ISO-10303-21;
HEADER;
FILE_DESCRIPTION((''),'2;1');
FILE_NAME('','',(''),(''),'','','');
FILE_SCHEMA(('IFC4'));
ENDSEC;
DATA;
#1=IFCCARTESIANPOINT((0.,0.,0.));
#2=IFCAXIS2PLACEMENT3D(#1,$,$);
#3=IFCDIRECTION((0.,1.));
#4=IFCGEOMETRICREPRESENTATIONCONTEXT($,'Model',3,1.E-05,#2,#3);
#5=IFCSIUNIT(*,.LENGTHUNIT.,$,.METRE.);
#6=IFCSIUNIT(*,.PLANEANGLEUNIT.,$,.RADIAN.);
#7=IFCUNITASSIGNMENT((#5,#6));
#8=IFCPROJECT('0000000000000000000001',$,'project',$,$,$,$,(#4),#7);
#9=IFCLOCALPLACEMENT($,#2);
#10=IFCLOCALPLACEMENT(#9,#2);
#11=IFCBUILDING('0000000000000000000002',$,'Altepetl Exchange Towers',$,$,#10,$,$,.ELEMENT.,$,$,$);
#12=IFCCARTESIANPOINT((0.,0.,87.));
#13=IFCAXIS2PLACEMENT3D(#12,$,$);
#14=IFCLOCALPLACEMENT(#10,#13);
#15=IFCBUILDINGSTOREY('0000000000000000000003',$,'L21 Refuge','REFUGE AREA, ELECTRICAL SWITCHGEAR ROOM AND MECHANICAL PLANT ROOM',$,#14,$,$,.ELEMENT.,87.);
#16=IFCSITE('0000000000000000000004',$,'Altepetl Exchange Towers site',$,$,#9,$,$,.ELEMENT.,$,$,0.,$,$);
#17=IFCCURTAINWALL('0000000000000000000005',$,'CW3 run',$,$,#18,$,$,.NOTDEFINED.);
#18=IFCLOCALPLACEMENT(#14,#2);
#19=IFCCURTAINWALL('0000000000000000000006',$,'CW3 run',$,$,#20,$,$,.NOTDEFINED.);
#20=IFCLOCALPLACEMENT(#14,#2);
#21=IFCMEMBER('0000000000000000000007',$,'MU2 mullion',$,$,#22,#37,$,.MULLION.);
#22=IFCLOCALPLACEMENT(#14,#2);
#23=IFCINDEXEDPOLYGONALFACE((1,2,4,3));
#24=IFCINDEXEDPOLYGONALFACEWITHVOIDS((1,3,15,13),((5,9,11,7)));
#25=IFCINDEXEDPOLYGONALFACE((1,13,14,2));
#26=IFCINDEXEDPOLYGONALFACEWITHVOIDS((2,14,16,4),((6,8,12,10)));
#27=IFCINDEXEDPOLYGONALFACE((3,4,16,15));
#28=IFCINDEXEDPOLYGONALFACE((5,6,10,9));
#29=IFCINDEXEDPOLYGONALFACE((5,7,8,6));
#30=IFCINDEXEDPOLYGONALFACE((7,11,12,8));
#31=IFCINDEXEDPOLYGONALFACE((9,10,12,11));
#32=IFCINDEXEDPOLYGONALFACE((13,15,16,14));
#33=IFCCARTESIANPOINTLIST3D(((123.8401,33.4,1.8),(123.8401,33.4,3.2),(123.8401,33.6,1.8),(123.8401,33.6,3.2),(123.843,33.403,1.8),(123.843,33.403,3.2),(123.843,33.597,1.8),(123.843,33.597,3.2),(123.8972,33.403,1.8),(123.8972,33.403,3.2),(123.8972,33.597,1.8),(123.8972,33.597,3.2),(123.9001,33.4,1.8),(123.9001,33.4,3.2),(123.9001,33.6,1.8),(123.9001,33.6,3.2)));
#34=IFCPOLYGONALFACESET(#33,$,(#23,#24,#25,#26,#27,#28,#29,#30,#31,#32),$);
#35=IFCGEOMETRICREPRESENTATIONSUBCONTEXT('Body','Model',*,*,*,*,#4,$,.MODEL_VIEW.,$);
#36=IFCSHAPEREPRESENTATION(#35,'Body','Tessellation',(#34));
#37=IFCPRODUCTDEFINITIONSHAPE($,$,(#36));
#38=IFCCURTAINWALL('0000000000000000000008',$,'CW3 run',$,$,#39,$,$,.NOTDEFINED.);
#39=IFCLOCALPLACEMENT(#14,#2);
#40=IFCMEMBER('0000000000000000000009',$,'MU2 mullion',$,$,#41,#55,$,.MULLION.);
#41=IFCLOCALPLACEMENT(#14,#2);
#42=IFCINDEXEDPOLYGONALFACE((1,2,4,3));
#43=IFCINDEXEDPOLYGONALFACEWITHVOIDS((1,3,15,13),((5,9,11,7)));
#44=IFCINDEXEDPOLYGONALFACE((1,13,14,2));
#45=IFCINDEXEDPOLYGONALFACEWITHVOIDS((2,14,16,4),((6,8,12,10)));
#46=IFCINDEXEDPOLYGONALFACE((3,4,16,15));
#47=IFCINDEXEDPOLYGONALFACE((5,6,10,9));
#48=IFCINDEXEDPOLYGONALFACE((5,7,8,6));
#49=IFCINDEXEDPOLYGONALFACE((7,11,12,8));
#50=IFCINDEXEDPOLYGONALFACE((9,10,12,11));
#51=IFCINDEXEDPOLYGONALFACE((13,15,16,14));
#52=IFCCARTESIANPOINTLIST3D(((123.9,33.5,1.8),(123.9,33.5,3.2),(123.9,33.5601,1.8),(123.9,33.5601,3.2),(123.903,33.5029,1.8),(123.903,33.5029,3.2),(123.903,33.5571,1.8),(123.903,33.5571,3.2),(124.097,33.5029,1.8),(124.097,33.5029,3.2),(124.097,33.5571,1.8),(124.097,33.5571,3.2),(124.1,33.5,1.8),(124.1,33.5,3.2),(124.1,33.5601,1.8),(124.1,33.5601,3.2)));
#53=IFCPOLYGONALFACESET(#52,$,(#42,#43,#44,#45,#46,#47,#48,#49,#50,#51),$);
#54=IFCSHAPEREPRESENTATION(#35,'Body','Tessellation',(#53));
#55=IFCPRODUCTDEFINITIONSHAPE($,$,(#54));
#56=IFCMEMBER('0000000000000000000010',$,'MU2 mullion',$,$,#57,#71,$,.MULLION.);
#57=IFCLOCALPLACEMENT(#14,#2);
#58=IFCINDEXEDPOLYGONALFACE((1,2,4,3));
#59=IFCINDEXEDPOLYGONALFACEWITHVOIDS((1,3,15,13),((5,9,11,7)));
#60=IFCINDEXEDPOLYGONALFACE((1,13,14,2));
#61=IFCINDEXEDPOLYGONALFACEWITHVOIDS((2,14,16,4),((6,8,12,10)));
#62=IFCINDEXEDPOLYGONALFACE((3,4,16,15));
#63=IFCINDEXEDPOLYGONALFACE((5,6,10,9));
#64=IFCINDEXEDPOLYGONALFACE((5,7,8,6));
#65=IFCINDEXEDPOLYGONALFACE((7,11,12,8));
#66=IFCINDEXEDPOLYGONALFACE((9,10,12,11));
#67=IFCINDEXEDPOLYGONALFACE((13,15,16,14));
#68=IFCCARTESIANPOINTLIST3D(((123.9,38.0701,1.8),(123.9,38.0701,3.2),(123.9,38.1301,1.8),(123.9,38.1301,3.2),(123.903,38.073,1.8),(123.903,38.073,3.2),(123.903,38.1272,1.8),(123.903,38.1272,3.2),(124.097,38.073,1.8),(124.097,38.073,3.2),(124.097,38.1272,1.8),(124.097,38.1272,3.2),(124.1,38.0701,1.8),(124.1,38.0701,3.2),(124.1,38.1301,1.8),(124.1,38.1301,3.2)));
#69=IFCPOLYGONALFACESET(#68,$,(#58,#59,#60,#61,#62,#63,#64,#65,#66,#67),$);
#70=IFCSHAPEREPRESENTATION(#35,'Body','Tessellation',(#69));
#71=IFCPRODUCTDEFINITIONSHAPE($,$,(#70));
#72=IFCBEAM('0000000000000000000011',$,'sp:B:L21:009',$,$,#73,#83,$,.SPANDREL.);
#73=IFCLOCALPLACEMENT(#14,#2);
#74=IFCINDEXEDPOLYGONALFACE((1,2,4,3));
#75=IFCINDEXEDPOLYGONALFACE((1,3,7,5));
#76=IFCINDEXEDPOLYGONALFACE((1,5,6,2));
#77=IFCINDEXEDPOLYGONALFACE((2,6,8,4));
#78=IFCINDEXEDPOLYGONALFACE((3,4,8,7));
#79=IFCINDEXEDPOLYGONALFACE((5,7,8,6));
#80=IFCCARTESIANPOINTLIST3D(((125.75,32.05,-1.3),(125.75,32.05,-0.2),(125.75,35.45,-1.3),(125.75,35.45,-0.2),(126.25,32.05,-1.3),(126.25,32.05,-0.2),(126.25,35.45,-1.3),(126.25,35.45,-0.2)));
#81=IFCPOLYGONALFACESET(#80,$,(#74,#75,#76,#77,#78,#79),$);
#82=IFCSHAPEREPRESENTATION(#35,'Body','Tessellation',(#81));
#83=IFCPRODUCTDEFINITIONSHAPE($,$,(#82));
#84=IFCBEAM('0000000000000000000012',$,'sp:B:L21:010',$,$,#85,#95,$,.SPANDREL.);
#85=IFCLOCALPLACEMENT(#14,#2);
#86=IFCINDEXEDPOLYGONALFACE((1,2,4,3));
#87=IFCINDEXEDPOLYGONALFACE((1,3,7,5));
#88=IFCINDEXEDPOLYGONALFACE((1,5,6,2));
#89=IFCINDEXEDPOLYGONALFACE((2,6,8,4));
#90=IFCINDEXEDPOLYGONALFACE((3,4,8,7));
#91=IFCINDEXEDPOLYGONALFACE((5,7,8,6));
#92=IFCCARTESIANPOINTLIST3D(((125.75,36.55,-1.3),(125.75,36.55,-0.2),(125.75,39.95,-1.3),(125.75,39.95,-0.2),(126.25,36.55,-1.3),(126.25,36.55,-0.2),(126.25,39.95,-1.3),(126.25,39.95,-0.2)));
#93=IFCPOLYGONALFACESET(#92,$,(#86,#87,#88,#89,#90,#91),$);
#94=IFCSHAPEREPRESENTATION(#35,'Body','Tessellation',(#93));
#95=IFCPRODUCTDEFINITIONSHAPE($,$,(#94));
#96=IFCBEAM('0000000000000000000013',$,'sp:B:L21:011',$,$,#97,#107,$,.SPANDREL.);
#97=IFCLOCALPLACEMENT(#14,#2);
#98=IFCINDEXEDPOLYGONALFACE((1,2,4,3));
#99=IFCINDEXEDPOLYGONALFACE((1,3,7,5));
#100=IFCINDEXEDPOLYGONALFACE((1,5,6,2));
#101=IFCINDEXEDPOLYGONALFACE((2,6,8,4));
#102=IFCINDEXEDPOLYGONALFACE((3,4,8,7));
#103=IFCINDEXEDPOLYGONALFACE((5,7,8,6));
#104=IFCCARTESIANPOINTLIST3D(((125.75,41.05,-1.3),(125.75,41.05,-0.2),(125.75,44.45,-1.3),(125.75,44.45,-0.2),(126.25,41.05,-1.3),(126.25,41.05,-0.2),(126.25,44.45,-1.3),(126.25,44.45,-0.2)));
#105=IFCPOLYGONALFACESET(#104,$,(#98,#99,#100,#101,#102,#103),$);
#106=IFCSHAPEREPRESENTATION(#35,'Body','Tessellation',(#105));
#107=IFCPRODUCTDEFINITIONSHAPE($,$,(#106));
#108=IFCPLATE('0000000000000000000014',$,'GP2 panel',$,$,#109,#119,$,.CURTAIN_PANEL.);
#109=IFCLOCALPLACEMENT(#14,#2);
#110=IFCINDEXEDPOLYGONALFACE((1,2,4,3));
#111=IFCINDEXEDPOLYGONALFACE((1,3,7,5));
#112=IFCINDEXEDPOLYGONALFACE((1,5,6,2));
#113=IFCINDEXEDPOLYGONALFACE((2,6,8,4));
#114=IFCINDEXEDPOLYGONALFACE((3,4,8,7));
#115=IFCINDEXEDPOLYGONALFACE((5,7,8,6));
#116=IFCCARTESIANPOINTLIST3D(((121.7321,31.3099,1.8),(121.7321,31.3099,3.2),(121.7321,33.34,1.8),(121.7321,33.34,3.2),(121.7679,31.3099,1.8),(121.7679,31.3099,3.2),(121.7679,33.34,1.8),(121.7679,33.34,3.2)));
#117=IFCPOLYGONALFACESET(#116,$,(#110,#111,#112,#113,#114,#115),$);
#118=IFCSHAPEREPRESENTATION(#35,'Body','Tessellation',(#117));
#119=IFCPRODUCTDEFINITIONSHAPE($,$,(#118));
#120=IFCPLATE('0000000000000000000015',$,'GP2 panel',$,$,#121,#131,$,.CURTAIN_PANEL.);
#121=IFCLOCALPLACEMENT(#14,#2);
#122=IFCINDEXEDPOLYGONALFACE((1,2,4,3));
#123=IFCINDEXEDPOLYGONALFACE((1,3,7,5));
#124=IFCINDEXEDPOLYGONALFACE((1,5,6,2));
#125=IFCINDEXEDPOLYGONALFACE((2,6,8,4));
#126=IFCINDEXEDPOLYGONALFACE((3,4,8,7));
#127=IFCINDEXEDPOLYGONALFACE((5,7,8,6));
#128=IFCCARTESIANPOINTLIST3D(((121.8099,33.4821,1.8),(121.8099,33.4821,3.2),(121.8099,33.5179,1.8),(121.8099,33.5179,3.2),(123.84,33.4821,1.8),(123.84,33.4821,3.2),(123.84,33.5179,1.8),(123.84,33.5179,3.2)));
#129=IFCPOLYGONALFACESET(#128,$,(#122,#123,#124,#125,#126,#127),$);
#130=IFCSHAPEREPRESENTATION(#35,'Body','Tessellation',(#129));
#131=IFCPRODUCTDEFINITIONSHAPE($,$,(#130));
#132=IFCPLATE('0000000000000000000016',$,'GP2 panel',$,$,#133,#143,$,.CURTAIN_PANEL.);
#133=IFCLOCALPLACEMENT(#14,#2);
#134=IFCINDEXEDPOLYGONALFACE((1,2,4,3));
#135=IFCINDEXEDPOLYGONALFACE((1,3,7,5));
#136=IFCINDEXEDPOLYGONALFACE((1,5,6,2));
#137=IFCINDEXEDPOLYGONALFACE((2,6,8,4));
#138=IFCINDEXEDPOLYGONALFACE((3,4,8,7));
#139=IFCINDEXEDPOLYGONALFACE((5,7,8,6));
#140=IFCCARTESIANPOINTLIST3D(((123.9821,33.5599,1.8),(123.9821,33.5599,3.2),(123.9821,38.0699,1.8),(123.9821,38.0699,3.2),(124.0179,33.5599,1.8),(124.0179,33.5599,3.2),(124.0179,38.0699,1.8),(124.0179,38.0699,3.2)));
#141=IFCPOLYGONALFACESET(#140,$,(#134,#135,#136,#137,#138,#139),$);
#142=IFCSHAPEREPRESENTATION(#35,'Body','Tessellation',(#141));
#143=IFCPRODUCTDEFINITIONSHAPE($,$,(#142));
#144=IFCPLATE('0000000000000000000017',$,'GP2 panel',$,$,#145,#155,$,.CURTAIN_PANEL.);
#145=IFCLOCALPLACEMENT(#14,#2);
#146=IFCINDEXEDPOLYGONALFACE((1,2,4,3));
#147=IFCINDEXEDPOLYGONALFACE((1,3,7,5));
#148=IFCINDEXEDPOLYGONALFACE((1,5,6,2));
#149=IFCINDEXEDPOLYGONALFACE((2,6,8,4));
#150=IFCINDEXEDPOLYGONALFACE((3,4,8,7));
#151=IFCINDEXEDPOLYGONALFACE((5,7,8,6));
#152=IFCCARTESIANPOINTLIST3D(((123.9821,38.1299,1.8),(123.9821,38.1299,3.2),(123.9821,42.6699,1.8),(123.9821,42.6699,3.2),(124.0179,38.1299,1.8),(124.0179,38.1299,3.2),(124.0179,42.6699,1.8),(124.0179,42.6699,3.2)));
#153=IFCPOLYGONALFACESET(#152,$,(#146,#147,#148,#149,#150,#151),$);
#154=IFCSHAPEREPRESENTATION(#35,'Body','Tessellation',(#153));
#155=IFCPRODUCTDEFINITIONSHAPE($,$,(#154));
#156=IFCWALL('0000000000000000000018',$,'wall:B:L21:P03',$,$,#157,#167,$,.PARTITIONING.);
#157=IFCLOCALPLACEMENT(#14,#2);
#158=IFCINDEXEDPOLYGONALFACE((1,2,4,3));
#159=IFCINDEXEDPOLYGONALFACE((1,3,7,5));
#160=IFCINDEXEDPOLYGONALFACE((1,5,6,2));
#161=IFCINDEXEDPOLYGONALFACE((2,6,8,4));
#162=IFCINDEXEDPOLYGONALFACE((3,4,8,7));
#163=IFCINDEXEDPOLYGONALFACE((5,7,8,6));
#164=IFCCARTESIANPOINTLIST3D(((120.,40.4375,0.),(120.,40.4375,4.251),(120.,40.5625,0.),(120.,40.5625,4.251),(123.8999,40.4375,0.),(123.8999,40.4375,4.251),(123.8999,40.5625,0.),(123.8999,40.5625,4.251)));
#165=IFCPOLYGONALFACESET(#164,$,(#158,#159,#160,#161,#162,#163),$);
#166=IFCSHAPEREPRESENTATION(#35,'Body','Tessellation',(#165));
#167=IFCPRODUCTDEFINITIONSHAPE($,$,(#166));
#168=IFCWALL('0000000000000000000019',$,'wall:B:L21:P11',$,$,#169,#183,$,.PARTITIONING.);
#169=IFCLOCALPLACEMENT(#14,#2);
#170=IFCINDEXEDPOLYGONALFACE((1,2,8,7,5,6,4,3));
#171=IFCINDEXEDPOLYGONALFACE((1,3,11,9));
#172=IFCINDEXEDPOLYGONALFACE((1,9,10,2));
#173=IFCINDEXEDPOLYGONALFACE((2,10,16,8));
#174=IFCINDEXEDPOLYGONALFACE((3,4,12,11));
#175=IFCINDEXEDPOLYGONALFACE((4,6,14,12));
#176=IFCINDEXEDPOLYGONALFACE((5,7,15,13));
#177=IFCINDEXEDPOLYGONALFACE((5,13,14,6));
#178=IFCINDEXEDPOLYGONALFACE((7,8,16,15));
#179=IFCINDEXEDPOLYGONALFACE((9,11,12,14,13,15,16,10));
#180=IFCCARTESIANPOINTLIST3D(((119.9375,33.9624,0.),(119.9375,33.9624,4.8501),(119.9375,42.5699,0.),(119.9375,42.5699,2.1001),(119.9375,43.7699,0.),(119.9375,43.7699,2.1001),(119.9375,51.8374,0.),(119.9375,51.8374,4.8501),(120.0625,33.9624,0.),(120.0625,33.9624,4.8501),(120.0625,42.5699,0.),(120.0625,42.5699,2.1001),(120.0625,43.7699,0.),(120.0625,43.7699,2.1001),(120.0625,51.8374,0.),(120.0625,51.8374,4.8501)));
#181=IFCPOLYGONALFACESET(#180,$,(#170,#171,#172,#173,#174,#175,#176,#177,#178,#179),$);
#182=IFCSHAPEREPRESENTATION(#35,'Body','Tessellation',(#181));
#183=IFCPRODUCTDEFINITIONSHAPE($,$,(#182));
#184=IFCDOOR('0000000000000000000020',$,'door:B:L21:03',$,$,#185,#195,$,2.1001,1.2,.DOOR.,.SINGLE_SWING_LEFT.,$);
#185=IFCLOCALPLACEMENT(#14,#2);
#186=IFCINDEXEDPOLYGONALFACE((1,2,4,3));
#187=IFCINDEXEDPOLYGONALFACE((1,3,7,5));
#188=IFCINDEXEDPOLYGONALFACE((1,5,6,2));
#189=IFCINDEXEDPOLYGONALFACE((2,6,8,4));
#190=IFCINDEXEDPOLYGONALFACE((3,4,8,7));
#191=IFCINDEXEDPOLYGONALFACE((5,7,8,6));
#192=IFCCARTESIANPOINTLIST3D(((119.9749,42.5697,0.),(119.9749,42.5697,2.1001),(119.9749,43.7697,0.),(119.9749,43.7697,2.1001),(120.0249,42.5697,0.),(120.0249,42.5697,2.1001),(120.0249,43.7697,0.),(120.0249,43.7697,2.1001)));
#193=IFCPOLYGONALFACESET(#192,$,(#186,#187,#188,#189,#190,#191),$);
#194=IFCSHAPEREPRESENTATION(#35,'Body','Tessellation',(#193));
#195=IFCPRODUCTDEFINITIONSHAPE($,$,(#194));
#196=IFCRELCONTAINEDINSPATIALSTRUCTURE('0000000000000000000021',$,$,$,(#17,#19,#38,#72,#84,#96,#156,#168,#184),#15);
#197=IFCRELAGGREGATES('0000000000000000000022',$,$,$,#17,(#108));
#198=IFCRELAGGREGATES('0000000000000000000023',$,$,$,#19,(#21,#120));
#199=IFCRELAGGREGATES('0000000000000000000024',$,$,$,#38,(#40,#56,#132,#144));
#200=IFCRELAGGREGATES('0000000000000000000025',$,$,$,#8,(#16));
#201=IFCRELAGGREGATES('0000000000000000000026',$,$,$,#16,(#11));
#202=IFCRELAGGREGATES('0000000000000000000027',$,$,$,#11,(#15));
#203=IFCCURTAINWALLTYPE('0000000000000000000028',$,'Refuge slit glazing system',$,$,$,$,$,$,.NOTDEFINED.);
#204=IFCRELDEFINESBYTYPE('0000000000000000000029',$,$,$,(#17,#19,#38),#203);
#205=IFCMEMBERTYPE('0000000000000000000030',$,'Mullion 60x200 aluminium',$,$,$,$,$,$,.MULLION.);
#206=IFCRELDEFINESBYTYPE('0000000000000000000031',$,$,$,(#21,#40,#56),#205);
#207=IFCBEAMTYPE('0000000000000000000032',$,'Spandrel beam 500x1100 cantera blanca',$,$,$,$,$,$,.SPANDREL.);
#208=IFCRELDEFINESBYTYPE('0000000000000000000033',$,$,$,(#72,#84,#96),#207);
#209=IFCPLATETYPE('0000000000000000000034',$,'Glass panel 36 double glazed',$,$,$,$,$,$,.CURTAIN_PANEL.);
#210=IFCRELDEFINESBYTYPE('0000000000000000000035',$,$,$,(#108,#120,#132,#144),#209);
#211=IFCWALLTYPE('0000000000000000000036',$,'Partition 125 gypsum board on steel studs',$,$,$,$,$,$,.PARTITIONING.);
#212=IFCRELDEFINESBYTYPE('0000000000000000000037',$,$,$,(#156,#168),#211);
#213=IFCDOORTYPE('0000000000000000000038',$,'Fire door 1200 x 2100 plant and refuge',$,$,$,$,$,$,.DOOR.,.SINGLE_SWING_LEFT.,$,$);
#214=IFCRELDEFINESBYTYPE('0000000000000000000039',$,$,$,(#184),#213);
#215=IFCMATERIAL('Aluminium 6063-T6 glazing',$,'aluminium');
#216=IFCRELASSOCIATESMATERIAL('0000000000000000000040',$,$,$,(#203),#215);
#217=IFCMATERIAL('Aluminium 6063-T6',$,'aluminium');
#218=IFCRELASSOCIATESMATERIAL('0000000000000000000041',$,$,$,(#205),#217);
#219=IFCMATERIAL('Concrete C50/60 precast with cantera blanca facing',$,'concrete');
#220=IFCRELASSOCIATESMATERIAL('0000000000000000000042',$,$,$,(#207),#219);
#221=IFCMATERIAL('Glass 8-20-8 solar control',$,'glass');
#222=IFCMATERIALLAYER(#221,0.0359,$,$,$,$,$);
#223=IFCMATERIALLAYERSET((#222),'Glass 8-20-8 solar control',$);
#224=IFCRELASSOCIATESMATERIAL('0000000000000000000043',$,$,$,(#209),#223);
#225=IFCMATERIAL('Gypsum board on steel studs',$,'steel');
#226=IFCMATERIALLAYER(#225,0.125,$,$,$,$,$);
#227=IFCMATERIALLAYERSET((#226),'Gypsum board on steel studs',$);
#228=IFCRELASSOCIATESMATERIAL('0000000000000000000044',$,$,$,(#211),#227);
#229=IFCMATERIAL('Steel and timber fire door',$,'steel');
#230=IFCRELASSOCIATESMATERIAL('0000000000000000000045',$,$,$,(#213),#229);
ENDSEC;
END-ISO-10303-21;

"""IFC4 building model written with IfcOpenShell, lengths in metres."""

from ifc_helpers import new_model, si_unit, direction, frame, frame_2d, origin, origin_2d, place, context, subcontext, project, spatial, rectangle, hollow_rectangle, extrude, material, layer, layer_set, material_profile, profile_set, type_object, element, fill, aggregate, save


model = new_model("IFC4")

# Units and contexts
model_context = context("Model", 3, precision=1e-05, world=origin(), true_north=direction((0.0, 1.0)))
body_context = subcontext(model_context, "Body", "Model", "MODEL_VIEW")
ifc_project = project(units=[si_unit("LENGTHUNIT", "METRE"), si_unit("PLANEANGLEUNIT", "RADIAN")], contexts=[model_context])

# Site, building, storey
site_placement = place(None, origin())
site = spatial("IfcSite", under=ifc_project, at=site_placement, Name="Altepetl Exchange Towers site", CompositionType="ELEMENT", RefElevation=0.0)
building_placement = place(site_placement, origin())
building = spatial("IfcBuilding", under=site, at=building_placement, Name="Altepetl Exchange Towers", CompositionType="ELEMENT")
storey_placement = place(building_placement, frame((0.0, 0.0, 87.0)))
storey = spatial("IfcBuildingStorey", under=building, at=storey_placement, Name="L21 Refuge", Description="REFUGE AREA, ELECTRICAL SWITCHGEAR ROOM AND MECHANICAL PLANT ROOM", CompositionType="ELEMENT", Elevation=87.0)

# Curtain wall
ifc_material_1 = material(Name="Aluminium 6063-T6 glazing", Category="aluminium")
curtain_wall_type = type_object("IfcCurtainWallType", Name="Refuge slit glazing system", PredefinedType="NOTDEFINED", material=ifc_material_1)
curtain_wall_1_placement = place(storey_placement, origin())
curtain_wall_1 = element("IfcCurtainWall", 1, at=curtain_wall_1_placement, inside=storey, type_object=curtain_wall_type, Name="CW3 run", PredefinedType="NOTDEFINED")
ifc_material_2 = material(Name="Aluminium 6063-T6", Category="aluminium")
ifc_material_profile_1 = material_profile(ifc_material_2, hollow_rectangle(XDim=0.0601, YDim=0.2, WallThickness=0.0029, at=origin_2d()), Name="Mullion 60x200 aluminium")
ifc_profile_set_1 = profile_set([ifc_material_profile_1], Name="Aluminium 6063-T6")
member_type_1 = type_object("IfcMemberType", Name="Mullion 60x200 aluminium", PredefinedType="MULLION", material=ifc_profile_set_1)

# Curtain walls, members
curtain_wall_2_placement = place(storey_placement, origin())
curtain_wall_2 = element("IfcCurtainWall", 2, at=curtain_wall_2_placement, inside=storey, type_object=curtain_wall_type, Name="CW3 run", PredefinedType="NOTDEFINED")
member_1_placement = place(storey_placement, frame((123.8701, 33.5, 1.8)))
member_1 = element("IfcMember", 3, at=member_1_placement, type_object=member_type_1, Name="MU2 mullion", PredefinedType="MULLION", context=body_context, shape_type="SweptSolid", body=[
    extrude(hollow_rectangle(XDim=0.0601, YDim=0.2, WallThickness=0.0029, at=origin_2d()), origin(), (0.0, 0.0, 1.0), 1.3999),
])
curtain_wall_3_placement = place(storey_placement, origin())
curtain_wall_3 = element("IfcCurtainWall", 4, at=curtain_wall_3_placement, inside=storey, type_object=curtain_wall_type, Name="CW3 run", PredefinedType="NOTDEFINED")
member_2_placement = place(storey_placement, frame((124.0, 33.53, 1.8), z_axis=(0.0, 0.0, 1.0), x_axis=(0.0, 1.0, 0.0)))
member_2 = element("IfcMember", 5, at=member_2_placement, type_object=member_type_1, Name="MU2 mullion", PredefinedType="MULLION", context=body_context, shape_type="SweptSolid", body=[
    extrude(hollow_rectangle(XDim=0.0601, YDim=0.2, WallThickness=0.0029, at=origin_2d()), origin(), (0.0, 0.0, 1.0), 1.3999),
])
member_3_placement = place(storey_placement, frame((124.0, 38.1001, 1.8), z_axis=(0.0, 0.0, 1.0), x_axis=(0.0, 1.0, 0.0)))
member_3 = element("IfcMember", 6, at=member_3_placement, type_object=member_type_1, Name="MU2 mullion", PredefinedType="MULLION", context=body_context, shape_type="SweptSolid", body=[
    extrude(hollow_rectangle(XDim=0.0601, YDim=0.2, WallThickness=0.0029, at=origin_2d()), origin(), (0.0, 0.0, 1.0), 1.3999),
])

# Beams
ifc_material_3 = material(Name="Concrete C50/60 precast with cantera blanca facing", Category="concrete")
ifc_material_profile_2 = material_profile(ifc_material_3, rectangle(XDim=0.5, YDim=1.1001, at=origin_2d()), Name="500 x 1100")
ifc_profile_set_2 = profile_set([ifc_material_profile_2], Name="Concrete C50/60 precast with cantera blanca facing")
beam_type_1 = type_object("IfcBeamType", Name="Spandrel beam 500x1100 cantera blanca", PredefinedType="SPANDREL", material=ifc_profile_set_2)
for number, where, z_axis, x_axis, name in (
    (7, (126.0, 32.05, -0.75), (0.0, 1.0, 0.0), (-1.0, 0.0, 0.0), "sp:B:L21:009"),
    (8, (126.0, 36.55, -0.75), (0.0, 1.0, 0.0), (-1.0, 0.0, 0.0), "sp:B:L21:010"),
    (9, (126.0, 41.05, -0.75), (0.0, 1.0, 0.0), (-1.0, 0.0, 0.0), "sp:B:L21:011"),
):
    element("IfcBeam", number, at=place(storey_placement, frame(where, z_axis=z_axis, x_axis=x_axis)), inside=storey, type_object=beam_type_1, Name=name, PredefinedType="SPANDREL", context=body_context, shape_type="SweptSolid", body=[
        extrude(rectangle(XDim=0.5, YDim=1.1001, at=origin_2d()), origin(), (0.0, 0.0, 1.0), 3.3999),
    ])

# Plates
ifc_material_4 = material(Name="Glass 8-20-8 solar control", Category="glass")
ifc_layer_1 = layer(ifc_material_4, 0.0359)
ifc_layer_set_1 = layer_set([ifc_layer_1], Name="Glass 8-20-8 solar control")
plate_type = type_object("IfcPlateType", Name="Glass panel 36 double glazed", PredefinedType="CURTAIN_PANEL", material=ifc_layer_set_1)
plate_1_placement = place(storey_placement, frame((121.75, 32.325, 1.8), z_axis=(0.0, 0.0, 1.0), x_axis=(0.0, 1.0, 0.0)))
plate_1 = element("IfcPlate", 10, at=plate_1_placement, type_object=plate_type, Name="GP2 panel", PredefinedType="CURTAIN_PANEL", context=body_context, shape_type="SweptSolid", body=[
    extrude(rectangle(XDim=2.03, YDim=0.0359, at=origin_2d()), origin(), (0.0, 0.0, 1.0), 1.3999),
])
aggregate(curtain_wall_1, [plate_1])
plate_2_placement = place(storey_placement, frame((122.825, 33.5, 1.8)))
plate_2 = element("IfcPlate", 11, at=plate_2_placement, type_object=plate_type, Name="GP2 panel", PredefinedType="CURTAIN_PANEL", context=body_context, shape_type="SweptSolid", body=[
    extrude(rectangle(XDim=2.03, YDim=0.0359, at=origin_2d()), origin(), (0.0, 0.0, 1.0), 1.3999),
])
aggregate(curtain_wall_2, [member_1, plate_2])
plate_3_placement = place(storey_placement, frame((124.0, 35.8149, 1.8), z_axis=(0.0, 0.0, 1.0), x_axis=(0.0, 1.0, 0.0)))
plate_3 = element("IfcPlate", 12, at=plate_3_placement, type_object=plate_type, Name="GP2 panel", PredefinedType="CURTAIN_PANEL", context=body_context, shape_type="SweptSolid", body=[
    extrude(rectangle(XDim=4.51, YDim=0.0359, at=origin_2d()), origin(), (0.0, 0.0, 1.0), 1.3999),
])
plate_4_placement = place(storey_placement, frame((124.0, 40.3999, 1.8), z_axis=(0.0, 0.0, 1.0), x_axis=(0.0, 1.0, 0.0)))
plate_4 = element("IfcPlate", 13, at=plate_4_placement, type_object=plate_type, Name="GP2 panel", PredefinedType="CURTAIN_PANEL", context=body_context, shape_type="SweptSolid", body=[
    extrude(rectangle(XDim=4.54, YDim=0.0359, at=origin_2d()), origin(), (0.0, 0.0, 1.0), 1.3999),
])
aggregate(curtain_wall_3, [member_2, member_3, plate_3, plate_4])

# Wall
ifc_material_5 = material(Name="Gypsum board on steel studs", Category="steel")
ifc_layer_2 = layer(ifc_material_5, 0.125)
ifc_layer_set_2 = layer_set([ifc_layer_2], Name="Gypsum board on steel studs")
wall_type_1 = type_object("IfcWallType", Name="Partition 125 gypsum board on steel studs", PredefinedType="PARTITIONING", material=ifc_layer_set_2)
wall_1_placement = place(storey_placement, frame((120.0, 40.5, 0.0)))
element("IfcWall", 14, at=wall_1_placement, inside=storey, type_object=wall_type_1, Name="wall:B:L21:P03", PredefinedType="PARTITIONING", context=body_context, shape_type="SweptSolid", body=[
    extrude(rectangle(XDim=3.8999, YDim=0.125, at=frame_2d((1.95, 0.0))), origin(), (0.0, 0.0, 1.0), 4.251),
])

# Wall, opening, door
wall_2_placement = place(storey_placement, frame((120.0, 33.9624, 0.0), z_axis=(0.0, 0.0, 1.0), x_axis=(0.0, 1.0, 0.0)))
wall_2 = element("IfcWall", 15, at=wall_2_placement, inside=storey, type_object=wall_type_1, Name="wall:B:L21:P11", PredefinedType="PARTITIONING", context=body_context, shape_type="SweptSolid", body=[
    extrude(rectangle(XDim=17.875, YDim=0.125, at=frame_2d((8.9375, 0.0))), origin(), (0.0, 0.0, 1.0), 4.8501),
])
opening_placement = place(wall_2_placement, frame((8.6074, 0.0, 0.0)))
opening = element("IfcOpeningElement", 16, at=opening_placement, cuts=wall_2, PredefinedType="OPENING", context=body_context, shape_type="SweptSolid", body=[
    extrude(rectangle(XDim=1.2, YDim=2.1001, at=frame_2d((0.6001, 1.05))), frame((0.0, 0.0725, 0.0), z_axis=(0.0, -1.0, 0.0), x_axis=(1.0, 0.0, 0.0)), (0.0, 0.0, 1.0), 0.145),
])
ifc_material_6 = material(Name="Steel and timber fire door", Category="steel")
door_type = type_object("IfcDoorType", Name="Fire door 1200 x 2100 plant and refuge", OperationType="SINGLE_SWING_LEFT", PredefinedType="DOOR", material=ifc_material_6)
door_placement = place(opening_placement, frame((1.2, 0.0, 0.0), x_axis=(-1.0, 0.0, 0.0)))
door = element("IfcDoor", 17, at=door_placement, inside=storey, type_object=door_type, Name="door:B:L21:03", OperationType="SINGLE_SWING_LEFT", OverallHeight=2.1001, OverallWidth=1.2, PredefinedType="DOOR", context=body_context, shape_type="SweptSolid", body=[
    extrude(rectangle(XDim=1.2, YDim=2.1001, at=frame_2d((0.6001, 1.05))), frame((0.0, 0.0249, 0.0), z_axis=(0.0, -1.0, 0.0), x_axis=(1.0, 0.0, 0.0)), (0.0, 0.0, 1.0), 0.05),
])
fill(opening, door)

save(model, "model.ifc")
